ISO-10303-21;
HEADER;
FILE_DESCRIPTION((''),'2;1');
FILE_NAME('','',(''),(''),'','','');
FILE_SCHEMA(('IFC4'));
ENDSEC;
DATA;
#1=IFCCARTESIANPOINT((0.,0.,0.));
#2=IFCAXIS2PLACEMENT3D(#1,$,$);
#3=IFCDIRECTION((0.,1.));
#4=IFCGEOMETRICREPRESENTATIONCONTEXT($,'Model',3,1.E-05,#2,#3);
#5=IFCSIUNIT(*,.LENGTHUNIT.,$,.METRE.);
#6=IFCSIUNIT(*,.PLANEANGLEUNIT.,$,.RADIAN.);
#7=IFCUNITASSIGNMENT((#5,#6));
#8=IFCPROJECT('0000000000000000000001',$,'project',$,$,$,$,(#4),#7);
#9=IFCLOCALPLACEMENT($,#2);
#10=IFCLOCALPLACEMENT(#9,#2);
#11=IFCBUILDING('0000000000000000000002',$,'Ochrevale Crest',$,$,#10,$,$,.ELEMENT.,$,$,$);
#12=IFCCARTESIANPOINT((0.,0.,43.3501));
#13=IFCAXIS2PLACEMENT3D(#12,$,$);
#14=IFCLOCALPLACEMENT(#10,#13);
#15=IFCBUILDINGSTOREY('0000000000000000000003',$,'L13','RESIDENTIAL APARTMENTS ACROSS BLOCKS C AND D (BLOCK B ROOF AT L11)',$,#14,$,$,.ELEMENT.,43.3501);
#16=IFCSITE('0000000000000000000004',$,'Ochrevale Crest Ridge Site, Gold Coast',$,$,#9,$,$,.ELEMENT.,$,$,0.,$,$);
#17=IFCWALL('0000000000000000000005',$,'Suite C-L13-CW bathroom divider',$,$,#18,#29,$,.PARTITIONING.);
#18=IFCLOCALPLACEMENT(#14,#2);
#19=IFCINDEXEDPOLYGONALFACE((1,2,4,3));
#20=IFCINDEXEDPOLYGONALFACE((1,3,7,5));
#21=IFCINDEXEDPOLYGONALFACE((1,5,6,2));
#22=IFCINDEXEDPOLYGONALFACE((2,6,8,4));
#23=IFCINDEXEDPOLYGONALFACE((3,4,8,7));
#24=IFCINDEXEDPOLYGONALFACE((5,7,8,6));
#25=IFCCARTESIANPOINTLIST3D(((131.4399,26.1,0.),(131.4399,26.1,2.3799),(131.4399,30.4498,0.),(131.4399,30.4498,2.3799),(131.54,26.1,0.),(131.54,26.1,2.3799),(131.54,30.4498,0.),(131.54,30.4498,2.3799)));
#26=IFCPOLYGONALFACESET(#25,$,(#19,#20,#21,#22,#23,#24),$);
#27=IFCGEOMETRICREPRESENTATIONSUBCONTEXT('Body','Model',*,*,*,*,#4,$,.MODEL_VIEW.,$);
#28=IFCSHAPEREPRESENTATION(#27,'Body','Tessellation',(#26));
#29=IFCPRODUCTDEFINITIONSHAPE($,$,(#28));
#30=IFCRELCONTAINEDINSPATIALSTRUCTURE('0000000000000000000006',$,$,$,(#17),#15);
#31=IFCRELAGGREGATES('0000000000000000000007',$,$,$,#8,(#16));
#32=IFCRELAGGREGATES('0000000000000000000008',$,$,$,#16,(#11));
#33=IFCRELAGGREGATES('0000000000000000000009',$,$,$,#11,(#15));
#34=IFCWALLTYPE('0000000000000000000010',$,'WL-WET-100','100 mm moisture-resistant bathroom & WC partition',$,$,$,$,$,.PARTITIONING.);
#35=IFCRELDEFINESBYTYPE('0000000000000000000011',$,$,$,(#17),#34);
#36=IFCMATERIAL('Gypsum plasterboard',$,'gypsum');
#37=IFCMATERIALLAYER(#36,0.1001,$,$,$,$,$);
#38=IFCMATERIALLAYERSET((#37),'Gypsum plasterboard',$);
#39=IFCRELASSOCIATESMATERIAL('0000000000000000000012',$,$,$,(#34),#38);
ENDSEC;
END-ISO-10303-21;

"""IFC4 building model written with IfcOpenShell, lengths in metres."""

from ifc_helpers import new_model, si_unit, direction, frame, frame_2d, origin, place, context, subcontext, project, spatial, rectangle, extrude, material, layer, layer_set, type_object, element, save


model = new_model("IFC4")

# Units and contexts
model_context = context("Model", 3, precision=1e-05, world=origin(), true_north=direction((0.0, 1.0)))
body_context = subcontext(model_context, "Body", "Model", "MODEL_VIEW")
ifc_project = project(units=[si_unit("LENGTHUNIT", "METRE"), si_unit("PLANEANGLEUNIT", "RADIAN")], contexts=[model_context])

# Site, building, storey
site_placement = place(None, origin())
site = spatial("IfcSite", under=ifc_project, at=site_placement, Name="Ochrevale Crest Ridge Site, Gold Coast", CompositionType="ELEMENT", RefElevation=0.0)
building_placement = place(site_placement, origin())
building = spatial("IfcBuilding", under=site, at=building_placement, Name="Ochrevale Crest", CompositionType="ELEMENT")
storey_placement = place(building_placement, frame((0.0, 0.0, 43.3501)))
storey = spatial("IfcBuildingStorey", under=building, at=storey_placement, Name="L13", Description="RESIDENTIAL APARTMENTS ACROSS BLOCKS C AND D (BLOCK B ROOF AT L11)", CompositionType="ELEMENT", Elevation=43.3501)

# Wall
ifc_material_1 = material(Name="Gypsum plasterboard", Category="gypsum")
ifc_layer_1 = layer(ifc_material_1, 0.1001)
ifc_layer_set_1 = layer_set([ifc_layer_1], Name="Gypsum plasterboard")
wall_type_1 = type_object("IfcWallType", Name="WL-WET-100", Description="100 mm moisture-resistant bathroom & WC partition", PredefinedType="PARTITIONING", material=ifc_layer_set_1)
wall_1_placement = place(storey_placement, frame((131.49, 26.1001, 0.0), z_axis=(0.0, 0.0, 1.0), x_axis=(0.0, 1.0, 0.0)))
element("IfcWall", 1, at=wall_1_placement, inside=storey, type_object=wall_type_1, Name="Suite C-L13-CW bathroom divider", PredefinedType="PARTITIONING", context=body_context, shape_type="SweptSolid", body=[
    extrude(rectangle(XDim=4.3499, YDim=0.1001, at=frame_2d((2.1748, 0.0))), origin(), (0.0, 0.0, 1.0), 2.3799),
])

save(model, "model.ifc")
